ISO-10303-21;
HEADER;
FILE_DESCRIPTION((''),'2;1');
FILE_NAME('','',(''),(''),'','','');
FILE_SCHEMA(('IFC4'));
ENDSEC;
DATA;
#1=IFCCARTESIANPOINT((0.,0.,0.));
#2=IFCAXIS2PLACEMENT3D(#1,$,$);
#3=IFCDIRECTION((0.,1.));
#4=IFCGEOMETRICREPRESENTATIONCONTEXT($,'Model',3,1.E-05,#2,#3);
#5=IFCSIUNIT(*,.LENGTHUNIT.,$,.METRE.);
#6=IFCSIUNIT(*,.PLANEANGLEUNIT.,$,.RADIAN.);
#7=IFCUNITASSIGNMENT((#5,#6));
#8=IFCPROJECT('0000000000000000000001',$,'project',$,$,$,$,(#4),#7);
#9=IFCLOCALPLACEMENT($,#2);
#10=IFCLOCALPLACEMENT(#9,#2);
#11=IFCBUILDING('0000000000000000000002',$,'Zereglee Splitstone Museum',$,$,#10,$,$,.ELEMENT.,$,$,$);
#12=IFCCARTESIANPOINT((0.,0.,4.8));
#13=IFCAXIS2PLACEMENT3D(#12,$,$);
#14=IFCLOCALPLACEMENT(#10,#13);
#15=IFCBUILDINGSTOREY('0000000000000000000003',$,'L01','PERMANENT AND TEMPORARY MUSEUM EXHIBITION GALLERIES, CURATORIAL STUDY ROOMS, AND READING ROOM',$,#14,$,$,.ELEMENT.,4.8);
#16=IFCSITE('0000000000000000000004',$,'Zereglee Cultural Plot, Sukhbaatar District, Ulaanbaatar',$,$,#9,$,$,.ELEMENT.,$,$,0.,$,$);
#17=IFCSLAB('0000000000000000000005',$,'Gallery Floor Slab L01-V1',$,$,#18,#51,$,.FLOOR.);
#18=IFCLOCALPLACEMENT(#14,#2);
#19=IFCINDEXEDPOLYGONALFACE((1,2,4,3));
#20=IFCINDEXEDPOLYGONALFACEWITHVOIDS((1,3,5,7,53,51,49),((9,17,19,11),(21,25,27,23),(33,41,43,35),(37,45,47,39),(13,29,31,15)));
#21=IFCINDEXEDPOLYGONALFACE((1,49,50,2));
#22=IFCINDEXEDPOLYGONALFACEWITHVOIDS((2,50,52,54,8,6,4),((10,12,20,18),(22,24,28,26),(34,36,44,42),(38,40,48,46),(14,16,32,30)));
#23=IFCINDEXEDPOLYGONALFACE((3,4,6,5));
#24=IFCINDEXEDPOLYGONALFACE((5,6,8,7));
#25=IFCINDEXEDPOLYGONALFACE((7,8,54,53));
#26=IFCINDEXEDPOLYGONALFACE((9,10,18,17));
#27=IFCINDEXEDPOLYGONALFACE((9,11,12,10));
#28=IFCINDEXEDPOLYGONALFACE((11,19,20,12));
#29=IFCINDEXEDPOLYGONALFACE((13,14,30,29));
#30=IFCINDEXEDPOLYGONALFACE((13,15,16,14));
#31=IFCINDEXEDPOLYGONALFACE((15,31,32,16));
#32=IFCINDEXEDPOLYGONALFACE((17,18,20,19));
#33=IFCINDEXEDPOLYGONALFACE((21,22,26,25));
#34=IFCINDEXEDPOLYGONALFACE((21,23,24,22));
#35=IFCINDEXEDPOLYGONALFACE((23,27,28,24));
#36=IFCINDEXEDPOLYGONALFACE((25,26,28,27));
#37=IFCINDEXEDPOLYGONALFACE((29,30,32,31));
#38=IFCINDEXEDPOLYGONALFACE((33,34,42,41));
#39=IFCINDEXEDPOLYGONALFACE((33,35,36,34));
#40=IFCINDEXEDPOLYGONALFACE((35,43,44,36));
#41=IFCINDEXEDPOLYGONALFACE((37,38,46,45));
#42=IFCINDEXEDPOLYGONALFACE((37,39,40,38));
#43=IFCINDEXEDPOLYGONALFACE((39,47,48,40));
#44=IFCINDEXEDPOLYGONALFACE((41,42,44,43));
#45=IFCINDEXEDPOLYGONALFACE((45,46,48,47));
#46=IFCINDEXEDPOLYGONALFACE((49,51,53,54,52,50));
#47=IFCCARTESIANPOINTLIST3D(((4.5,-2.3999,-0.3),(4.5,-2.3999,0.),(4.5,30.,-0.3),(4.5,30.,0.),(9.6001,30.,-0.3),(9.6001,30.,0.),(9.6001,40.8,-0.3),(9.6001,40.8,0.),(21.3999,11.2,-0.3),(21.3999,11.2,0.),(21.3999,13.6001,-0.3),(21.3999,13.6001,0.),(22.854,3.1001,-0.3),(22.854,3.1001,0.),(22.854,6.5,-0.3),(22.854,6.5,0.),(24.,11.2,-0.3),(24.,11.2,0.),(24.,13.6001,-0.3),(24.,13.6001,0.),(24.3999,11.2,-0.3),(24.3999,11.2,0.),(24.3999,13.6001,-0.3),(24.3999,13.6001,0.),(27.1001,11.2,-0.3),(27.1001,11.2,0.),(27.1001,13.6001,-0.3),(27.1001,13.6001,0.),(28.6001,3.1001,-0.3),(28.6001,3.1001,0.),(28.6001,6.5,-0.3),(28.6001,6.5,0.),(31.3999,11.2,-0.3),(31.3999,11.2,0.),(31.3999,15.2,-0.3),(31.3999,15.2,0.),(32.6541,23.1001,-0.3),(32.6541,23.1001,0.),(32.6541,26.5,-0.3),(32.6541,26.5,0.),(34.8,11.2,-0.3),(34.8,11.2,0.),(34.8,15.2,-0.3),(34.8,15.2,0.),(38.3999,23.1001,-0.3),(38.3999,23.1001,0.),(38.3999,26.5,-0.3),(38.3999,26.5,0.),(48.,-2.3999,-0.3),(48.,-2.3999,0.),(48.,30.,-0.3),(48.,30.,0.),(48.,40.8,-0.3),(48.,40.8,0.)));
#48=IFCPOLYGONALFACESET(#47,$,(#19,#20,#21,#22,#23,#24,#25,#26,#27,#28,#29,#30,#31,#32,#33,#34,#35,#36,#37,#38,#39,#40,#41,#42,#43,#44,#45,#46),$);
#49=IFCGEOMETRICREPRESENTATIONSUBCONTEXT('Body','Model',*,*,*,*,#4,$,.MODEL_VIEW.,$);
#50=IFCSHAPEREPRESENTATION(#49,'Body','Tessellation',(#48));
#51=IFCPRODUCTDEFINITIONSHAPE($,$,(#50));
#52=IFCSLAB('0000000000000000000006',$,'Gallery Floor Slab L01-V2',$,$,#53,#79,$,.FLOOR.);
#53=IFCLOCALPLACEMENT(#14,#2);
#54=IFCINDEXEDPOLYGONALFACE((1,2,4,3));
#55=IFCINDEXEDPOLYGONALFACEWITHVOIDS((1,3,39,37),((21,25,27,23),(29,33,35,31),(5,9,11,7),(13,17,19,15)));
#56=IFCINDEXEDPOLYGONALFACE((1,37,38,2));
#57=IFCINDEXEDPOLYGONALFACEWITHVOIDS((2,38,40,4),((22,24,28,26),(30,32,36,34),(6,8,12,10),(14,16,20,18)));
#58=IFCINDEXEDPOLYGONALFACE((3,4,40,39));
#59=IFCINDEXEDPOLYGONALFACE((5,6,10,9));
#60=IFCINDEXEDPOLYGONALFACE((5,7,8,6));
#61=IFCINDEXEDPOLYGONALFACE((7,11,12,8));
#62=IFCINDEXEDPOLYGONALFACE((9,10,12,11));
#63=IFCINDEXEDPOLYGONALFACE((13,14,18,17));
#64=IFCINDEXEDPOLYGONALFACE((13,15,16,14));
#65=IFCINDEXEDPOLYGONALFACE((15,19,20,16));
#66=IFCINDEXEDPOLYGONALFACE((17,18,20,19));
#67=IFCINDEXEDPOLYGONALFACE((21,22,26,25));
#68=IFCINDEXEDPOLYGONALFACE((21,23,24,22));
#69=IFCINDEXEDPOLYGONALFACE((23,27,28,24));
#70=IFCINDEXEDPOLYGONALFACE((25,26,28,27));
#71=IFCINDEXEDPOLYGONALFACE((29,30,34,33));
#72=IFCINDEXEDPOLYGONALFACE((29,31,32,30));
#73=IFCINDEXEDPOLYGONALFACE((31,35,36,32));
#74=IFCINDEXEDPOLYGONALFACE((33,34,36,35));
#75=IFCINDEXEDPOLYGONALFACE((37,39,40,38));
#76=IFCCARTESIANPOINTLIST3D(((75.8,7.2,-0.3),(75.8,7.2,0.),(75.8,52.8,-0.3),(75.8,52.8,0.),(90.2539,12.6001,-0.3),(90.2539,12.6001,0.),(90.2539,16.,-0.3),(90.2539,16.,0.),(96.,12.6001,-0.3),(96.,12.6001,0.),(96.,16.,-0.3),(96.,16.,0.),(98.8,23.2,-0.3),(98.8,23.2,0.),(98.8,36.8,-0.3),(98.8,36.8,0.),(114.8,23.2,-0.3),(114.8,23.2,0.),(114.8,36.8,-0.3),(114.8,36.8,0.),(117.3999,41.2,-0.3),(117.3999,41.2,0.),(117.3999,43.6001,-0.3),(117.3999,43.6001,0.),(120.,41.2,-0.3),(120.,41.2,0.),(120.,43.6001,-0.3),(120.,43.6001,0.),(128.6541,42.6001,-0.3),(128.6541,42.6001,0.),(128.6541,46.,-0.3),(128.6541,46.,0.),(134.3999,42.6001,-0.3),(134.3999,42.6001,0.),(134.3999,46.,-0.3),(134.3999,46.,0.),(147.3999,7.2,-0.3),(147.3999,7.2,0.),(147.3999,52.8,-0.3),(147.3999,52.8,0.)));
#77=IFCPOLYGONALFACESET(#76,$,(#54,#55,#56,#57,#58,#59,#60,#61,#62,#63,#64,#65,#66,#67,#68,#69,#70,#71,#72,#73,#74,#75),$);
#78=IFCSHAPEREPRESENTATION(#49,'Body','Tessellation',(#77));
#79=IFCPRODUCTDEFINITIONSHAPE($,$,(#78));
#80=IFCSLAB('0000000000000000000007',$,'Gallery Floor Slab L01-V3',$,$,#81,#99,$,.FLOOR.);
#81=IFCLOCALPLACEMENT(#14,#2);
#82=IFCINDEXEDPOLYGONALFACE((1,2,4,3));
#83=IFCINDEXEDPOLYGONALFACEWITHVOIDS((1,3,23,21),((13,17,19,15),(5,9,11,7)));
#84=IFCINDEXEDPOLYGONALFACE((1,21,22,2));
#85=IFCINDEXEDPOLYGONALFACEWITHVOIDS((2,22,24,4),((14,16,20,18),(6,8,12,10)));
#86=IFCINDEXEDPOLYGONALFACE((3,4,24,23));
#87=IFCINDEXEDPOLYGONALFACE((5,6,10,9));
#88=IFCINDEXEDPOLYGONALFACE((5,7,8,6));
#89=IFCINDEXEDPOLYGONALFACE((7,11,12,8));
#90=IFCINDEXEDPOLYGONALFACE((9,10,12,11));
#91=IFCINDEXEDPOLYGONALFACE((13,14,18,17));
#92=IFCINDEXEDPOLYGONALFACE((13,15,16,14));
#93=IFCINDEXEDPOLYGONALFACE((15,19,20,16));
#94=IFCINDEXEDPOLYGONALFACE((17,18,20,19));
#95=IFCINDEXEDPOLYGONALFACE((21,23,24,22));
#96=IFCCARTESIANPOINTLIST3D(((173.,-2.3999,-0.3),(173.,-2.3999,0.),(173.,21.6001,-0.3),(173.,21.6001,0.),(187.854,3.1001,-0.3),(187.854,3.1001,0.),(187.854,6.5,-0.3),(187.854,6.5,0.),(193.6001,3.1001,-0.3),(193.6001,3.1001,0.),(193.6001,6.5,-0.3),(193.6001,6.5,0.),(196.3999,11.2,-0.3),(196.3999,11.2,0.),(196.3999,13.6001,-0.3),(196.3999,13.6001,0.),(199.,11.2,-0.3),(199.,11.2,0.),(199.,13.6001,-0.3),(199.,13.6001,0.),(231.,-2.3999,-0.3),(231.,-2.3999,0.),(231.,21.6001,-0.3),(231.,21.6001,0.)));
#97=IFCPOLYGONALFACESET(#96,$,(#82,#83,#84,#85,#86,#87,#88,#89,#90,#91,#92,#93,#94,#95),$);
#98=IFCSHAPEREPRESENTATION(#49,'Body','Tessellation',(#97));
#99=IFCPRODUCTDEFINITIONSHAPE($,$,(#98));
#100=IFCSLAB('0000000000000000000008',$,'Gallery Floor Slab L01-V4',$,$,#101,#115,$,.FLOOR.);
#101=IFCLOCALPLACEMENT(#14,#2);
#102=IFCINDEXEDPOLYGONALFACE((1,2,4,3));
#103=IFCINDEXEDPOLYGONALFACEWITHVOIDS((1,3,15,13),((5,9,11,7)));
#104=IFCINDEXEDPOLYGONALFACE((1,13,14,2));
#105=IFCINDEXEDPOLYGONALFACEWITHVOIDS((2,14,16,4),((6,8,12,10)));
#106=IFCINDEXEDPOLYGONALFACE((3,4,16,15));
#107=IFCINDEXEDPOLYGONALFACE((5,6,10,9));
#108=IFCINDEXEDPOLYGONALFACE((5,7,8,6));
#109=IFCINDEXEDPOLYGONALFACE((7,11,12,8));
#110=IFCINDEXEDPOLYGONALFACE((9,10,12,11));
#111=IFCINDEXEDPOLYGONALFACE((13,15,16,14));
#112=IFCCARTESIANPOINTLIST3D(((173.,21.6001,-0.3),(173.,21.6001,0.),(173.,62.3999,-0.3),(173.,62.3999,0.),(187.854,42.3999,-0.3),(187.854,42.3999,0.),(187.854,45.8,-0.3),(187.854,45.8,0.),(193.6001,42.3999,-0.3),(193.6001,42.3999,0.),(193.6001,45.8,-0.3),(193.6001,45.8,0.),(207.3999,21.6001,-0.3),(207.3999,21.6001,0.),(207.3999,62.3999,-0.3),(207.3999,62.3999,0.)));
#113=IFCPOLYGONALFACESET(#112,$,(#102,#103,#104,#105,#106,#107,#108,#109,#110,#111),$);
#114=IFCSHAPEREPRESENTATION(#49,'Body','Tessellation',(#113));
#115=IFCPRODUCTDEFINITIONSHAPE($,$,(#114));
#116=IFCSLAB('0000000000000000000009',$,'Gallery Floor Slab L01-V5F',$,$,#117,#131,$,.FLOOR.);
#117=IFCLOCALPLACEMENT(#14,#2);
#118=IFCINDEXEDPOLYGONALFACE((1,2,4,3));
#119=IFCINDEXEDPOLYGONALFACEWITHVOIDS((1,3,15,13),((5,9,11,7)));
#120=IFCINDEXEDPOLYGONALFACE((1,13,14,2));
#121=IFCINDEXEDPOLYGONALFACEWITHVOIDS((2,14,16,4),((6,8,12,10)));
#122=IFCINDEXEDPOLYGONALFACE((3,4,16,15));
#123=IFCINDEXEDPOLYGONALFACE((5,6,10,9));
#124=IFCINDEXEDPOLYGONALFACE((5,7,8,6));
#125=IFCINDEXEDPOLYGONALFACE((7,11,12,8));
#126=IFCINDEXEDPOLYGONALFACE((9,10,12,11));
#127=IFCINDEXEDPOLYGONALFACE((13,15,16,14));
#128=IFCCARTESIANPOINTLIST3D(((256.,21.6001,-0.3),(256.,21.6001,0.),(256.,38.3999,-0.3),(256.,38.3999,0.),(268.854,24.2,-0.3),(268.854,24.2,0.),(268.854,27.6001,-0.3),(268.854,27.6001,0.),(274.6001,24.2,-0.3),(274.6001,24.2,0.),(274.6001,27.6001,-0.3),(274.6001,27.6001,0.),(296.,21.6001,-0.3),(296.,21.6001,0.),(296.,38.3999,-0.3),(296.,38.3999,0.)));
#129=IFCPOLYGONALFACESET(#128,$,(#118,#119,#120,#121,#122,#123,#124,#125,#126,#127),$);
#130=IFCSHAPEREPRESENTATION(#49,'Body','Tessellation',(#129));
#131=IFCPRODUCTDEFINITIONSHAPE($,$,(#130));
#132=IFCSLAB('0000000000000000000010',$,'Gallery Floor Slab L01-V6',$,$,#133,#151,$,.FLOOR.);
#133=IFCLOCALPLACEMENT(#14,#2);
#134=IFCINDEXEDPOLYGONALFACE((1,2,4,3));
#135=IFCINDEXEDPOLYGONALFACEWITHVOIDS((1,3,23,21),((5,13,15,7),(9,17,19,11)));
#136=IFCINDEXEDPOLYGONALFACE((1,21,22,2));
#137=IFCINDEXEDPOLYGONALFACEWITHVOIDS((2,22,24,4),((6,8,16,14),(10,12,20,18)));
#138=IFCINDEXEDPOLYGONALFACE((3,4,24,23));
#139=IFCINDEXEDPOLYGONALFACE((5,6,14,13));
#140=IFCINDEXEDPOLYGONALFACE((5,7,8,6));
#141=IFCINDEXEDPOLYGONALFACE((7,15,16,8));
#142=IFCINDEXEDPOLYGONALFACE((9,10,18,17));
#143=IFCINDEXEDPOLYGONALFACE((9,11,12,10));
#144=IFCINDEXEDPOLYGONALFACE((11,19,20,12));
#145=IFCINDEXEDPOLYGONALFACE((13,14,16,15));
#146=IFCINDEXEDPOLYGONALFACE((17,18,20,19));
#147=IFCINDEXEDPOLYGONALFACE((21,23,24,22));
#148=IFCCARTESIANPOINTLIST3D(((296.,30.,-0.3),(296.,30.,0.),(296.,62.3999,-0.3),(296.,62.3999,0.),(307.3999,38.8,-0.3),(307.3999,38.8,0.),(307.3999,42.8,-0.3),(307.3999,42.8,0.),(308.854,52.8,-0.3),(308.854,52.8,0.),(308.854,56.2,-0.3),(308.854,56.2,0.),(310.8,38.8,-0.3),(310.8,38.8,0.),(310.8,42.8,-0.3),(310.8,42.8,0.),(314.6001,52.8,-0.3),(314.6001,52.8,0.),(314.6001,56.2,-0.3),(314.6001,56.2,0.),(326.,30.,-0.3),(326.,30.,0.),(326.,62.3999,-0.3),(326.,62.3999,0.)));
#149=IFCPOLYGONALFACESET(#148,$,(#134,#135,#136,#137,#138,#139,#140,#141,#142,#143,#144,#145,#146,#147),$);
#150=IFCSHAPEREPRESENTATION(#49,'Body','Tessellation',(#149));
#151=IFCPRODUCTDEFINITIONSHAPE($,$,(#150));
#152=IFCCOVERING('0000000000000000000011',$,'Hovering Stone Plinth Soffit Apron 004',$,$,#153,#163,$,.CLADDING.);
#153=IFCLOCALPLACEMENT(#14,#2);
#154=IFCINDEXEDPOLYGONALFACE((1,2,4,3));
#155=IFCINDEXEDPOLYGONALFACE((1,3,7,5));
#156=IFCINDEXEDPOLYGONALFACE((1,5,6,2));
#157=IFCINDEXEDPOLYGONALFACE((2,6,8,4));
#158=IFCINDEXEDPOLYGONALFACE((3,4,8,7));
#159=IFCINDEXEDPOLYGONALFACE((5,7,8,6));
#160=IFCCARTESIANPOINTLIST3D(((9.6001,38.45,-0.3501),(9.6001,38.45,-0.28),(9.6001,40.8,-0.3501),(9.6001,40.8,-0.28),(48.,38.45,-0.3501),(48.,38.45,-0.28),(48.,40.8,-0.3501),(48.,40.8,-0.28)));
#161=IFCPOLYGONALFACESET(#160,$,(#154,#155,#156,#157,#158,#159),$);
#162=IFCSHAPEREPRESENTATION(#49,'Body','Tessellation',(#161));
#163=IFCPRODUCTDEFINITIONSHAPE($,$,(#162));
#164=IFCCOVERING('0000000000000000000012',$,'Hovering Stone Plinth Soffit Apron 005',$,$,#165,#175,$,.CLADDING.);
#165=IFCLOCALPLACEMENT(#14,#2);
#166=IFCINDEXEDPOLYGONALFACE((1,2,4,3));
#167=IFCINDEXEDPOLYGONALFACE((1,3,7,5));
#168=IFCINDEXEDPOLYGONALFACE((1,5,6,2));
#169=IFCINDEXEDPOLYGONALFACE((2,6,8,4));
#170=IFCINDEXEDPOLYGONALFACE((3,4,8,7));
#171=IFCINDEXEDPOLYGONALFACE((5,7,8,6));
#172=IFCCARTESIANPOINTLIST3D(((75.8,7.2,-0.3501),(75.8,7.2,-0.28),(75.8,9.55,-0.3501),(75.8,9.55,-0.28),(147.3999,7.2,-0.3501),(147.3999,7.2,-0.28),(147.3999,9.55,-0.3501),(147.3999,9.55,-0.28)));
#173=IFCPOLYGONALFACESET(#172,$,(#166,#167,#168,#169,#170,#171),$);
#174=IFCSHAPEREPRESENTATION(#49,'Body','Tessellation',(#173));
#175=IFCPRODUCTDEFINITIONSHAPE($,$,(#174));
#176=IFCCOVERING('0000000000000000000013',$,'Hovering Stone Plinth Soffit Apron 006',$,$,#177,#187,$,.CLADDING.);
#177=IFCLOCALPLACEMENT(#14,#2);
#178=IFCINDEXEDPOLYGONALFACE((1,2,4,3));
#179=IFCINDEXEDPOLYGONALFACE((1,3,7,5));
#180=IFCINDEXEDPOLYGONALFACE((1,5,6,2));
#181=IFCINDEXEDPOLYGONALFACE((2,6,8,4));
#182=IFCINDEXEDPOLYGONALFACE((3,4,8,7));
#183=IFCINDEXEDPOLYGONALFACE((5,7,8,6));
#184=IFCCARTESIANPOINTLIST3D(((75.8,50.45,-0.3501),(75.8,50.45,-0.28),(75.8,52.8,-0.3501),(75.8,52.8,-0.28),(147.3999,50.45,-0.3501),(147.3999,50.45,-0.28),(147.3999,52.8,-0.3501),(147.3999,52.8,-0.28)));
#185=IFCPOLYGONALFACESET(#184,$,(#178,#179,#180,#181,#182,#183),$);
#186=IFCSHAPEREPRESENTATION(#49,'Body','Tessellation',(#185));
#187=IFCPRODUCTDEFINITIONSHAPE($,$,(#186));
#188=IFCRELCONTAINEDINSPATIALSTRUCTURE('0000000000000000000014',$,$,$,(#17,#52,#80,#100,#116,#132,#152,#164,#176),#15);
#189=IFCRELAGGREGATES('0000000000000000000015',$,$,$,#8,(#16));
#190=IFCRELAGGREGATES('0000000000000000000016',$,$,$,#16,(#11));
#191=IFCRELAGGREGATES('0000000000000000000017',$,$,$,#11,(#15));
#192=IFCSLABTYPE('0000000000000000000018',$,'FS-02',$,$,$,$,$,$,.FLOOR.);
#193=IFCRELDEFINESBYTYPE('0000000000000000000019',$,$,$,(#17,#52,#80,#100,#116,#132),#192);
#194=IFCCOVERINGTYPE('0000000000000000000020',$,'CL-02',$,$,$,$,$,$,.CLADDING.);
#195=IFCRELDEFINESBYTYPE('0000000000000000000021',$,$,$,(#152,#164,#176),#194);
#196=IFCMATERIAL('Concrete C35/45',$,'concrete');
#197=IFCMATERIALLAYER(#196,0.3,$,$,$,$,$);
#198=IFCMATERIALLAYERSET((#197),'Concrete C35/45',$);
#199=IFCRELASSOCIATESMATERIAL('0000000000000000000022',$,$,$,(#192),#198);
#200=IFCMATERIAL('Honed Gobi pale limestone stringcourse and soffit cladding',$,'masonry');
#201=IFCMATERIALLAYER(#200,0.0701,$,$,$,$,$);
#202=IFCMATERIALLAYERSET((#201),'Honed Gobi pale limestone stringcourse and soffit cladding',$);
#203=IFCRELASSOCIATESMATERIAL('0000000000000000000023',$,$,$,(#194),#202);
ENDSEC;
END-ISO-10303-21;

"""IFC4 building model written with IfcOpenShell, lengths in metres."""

from ifc_helpers import new_model, si_unit, direction, frame, origin, place, context, subcontext, project, spatial, polyline, outline, extrude, material, layer, layer_set, type_object, element, save


model = new_model("IFC4")

# Units and contexts
model_context = context("Model", 3, precision=1e-05, world=origin(), true_north=direction((0.0, 1.0)))
body_context = subcontext(model_context, "Body", "Model", "MODEL_VIEW")
ifc_project = project(units=[si_unit("LENGTHUNIT", "METRE"), si_unit("PLANEANGLEUNIT", "RADIAN")], contexts=[model_context])

# Site, building, storey
site_placement = place(None, origin())
site = spatial("IfcSite", under=ifc_project, at=site_placement, Name="Zereglee Cultural Plot, Sukhbaatar District, Ulaanbaatar", CompositionType="ELEMENT", RefElevation=0.0)
building_placement = place(site_placement, origin())
building = spatial("IfcBuilding", under=site, at=building_placement, Name="Zereglee Splitstone Museum", CompositionType="ELEMENT")
storey_placement = place(building_placement, frame((0.0, 0.0, 4.8)))
storey = spatial("IfcBuildingStorey", under=building, at=storey_placement, Name="L01", Description="PERMANENT AND TEMPORARY MUSEUM EXHIBITION GALLERIES, CURATORIAL STUDY ROOMS, AND READING ROOM", CompositionType="ELEMENT", Elevation=4.8)

# Slabs
ifc_material_1 = material(Name="Concrete C35/45", Category="concrete")
ifc_layer_1 = layer(ifc_material_1, 0.3)
ifc_layer_set_1 = layer_set([ifc_layer_1], Name="Concrete C35/45")
slab_type = type_object("IfcSlabType", Name="FS-02", PredefinedType="FLOOR", material=ifc_layer_set_1)
slab_1_placement = place(storey_placement, frame((0.0, 0.0, -0.3)))
element("IfcSlab", 1, at=slab_1_placement, inside=storey, type_object=slab_type, Name="Gallery Floor Slab L01-V1", PredefinedType="FLOOR", context=body_context, shape_type="SweptSolid", body=[
    extrude(outline(polyline([(48.0, -2.3999), (4.5, -2.3999), (4.5, 30.0), (9.6001, 30.0), (9.6001, 40.8), (48.0, 40.8), (48.0, 30.0), (48.0, -2.3999)]), holes=[polyline([(22.854, 3.1001), (28.6001, 3.1001), (28.6001, 6.5), (22.854, 6.5), (22.854, 3.1001)]), polyline([(32.6541, 23.1001), (38.3999, 23.1001), (38.3999, 26.5), (32.6541, 26.5), (32.6541, 23.1001)]), polyline([(21.3999, 11.2), (24.0, 11.2), (24.0, 13.6001), (21.3999, 13.6001), (21.3999, 11.2)]), polyline([(24.3999, 11.2), (27.1001, 11.2), (27.1001, 13.6001), (24.3999, 13.6001), (24.3999, 11.2)]), polyline([(31.3999, 11.2), (34.8, 11.2), (34.8, 15.2), (31.3999, 15.2), (31.3999, 11.2)])]), origin(), (0.0, 0.0, 1.0), 0.3),
])
slab_2_placement = place(storey_placement, frame((0.0, 0.0, -0.3)))
element("IfcSlab", 2, at=slab_2_placement, inside=storey, type_object=slab_type, Name="Gallery Floor Slab L01-V2", PredefinedType="FLOOR", context=body_context, shape_type="SweptSolid", body=[
    extrude(outline(polyline([(75.8, 7.2), (147.3999, 7.2), (147.3999, 52.8), (75.8, 52.8), (75.8, 7.2)]), holes=[polyline([(98.8, 23.2), (114.8, 23.2), (114.8, 36.8), (98.8, 36.8), (98.8, 23.2)]), polyline([(128.6541, 42.6001), (134.3999, 42.6001), (134.3999, 46.0), (128.6541, 46.0), (128.6541, 42.6001)]), polyline([(90.2539, 12.6001), (96.0, 12.6001), (96.0, 16.0), (90.2539, 16.0), (90.2539, 12.6001)]), polyline([(117.3999, 41.2), (120.0, 41.2), (120.0, 43.6001), (117.3999, 43.6001), (117.3999, 41.2)])]), origin(), (0.0, 0.0, 1.0), 0.3),
])
slab_3_placement = place(storey_placement, frame((0.0, 0.0, -0.3)))
element("IfcSlab", 3, at=slab_3_placement, inside=storey, type_object=slab_type, Name="Gallery Floor Slab L01-V3", PredefinedType="FLOOR", context=body_context, shape_type="SweptSolid", body=[
    extrude(outline(polyline([(173.0, -2.3999), (231.0, -2.3999), (231.0, 21.6001), (173.0, 21.6001), (173.0, -2.3999)]), holes=[polyline([(187.854, 3.1001), (193.6001, 3.1001), (193.6001, 6.5), (187.854, 6.5), (187.854, 3.1001)]), polyline([(196.3999, 11.2), (199.0, 11.2), (199.0, 13.6001), (196.3999, 13.6001), (196.3999, 11.2)])]), origin(), (0.0, 0.0, 1.0), 0.3),
])
slab_4_placement = place(storey_placement, frame((0.0, 0.0, -0.3)))
element("IfcSlab", 4, at=slab_4_placement, inside=storey, type_object=slab_type, Name="Gallery Floor Slab L01-V4", PredefinedType="FLOOR", context=body_context, shape_type="SweptSolid", body=[
    extrude(outline(polyline([(173.0, 21.6001), (207.3999, 21.6001), (207.3999, 62.3999), (173.0, 62.3999), (173.0, 21.6001)]), holes=[polyline([(187.854, 42.3999), (193.6001, 42.3999), (193.6001, 45.8), (187.854, 45.8), (187.854, 42.3999)])]), origin(), (0.0, 0.0, 1.0), 0.3),
])
slab_5_placement = place(storey_placement, frame((0.0, 0.0, -0.3)))
element("IfcSlab", 5, at=slab_5_placement, inside=storey, type_object=slab_type, Name="Gallery Floor Slab L01-V5F", PredefinedType="FLOOR", context=body_context, shape_type="SweptSolid", body=[
    extrude(outline(polyline([(256.0, 21.6001), (296.0, 21.6001), (296.0, 38.3999), (256.0, 38.3999), (256.0, 21.6001)]), holes=[polyline([(268.854, 24.2), (274.6001, 24.2), (274.6001, 27.6001), (268.854, 27.6001), (268.854, 24.2)])]), origin(), (0.0, 0.0, 1.0), 0.3),
])
slab_6_placement = place(storey_placement, frame((0.0, 0.0, -0.3)))
element("IfcSlab", 6, at=slab_6_placement, inside=storey, type_object=slab_type, Name="Gallery Floor Slab L01-V6", PredefinedType="FLOOR", context=body_context, shape_type="SweptSolid", body=[
    extrude(outline(polyline([(296.0, 30.0), (326.0, 30.0), (326.0, 62.3999), (296.0, 62.3999), (296.0, 30.0)]), holes=[polyline([(308.854, 52.8), (314.6001, 52.8), (314.6001, 56.2), (308.854, 56.2), (308.854, 52.8)]), polyline([(307.3999, 38.8), (310.8, 38.8), (310.8, 42.8), (307.3999, 42.8), (307.3999, 38.8)])]), origin(), (0.0, 0.0, 1.0), 0.3),
])

# Coverings
ifc_material_2 = material(Name="Honed Gobi pale limestone stringcourse and soffit cladding", Category="masonry")
ifc_layer_2 = layer(ifc_material_2, 0.0701)
ifc_layer_set_2 = layer_set([ifc_layer_2], Name="Honed Gobi pale limestone stringcourse and soffit cladding")
covering_type = type_object("IfcCoveringType", Name="CL-02", PredefinedType="CLADDING", material=ifc_layer_set_2)
covering_1_placement = place(storey_placement, frame((0.0, 0.0, -0.3501)))
element("IfcCovering", 7, at=covering_1_placement, inside=storey, type_object=covering_type, Name="Hovering Stone Plinth Soffit Apron 004", PredefinedType="CLADDING", context=body_context, shape_type="SweptSolid", body=[
    extrude(outline(polyline([(9.6001, 38.45), (48.0, 38.45), (48.0, 40.8), (9.6001, 40.8), (9.6001, 38.45)])), origin(), (0.0, 0.0, 1.0), 0.0701),
])
covering_2_placement = place(storey_placement, frame((0.0, 0.0, -0.3501)))
element("IfcCovering", 8, at=covering_2_placement, inside=storey, type_object=covering_type, Name="Hovering Stone Plinth Soffit Apron 005", PredefinedType="CLADDING", context=body_context, shape_type="SweptSolid", body=[
    extrude(outline(polyline([(75.8, 7.2), (147.3999, 7.2), (147.3999, 9.55), (75.8, 9.55), (75.8, 7.2)])), origin(), (0.0, 0.0, 1.0), 0.0701),
])
covering_3_placement = place(storey_placement, frame((0.0, 0.0, -0.3501)))
element("IfcCovering", 9, at=covering_3_placement, inside=storey, type_object=covering_type, Name="Hovering Stone Plinth Soffit Apron 006", PredefinedType="CLADDING", context=body_context, shape_type="SweptSolid", body=[
    extrude(outline(polyline([(75.8, 50.45), (147.3999, 50.45), (147.3999, 52.8), (75.8, 52.8), (75.8, 50.45)])), origin(), (0.0, 0.0, 1.0), 0.0701),
])

save(model, "model.ifc")
